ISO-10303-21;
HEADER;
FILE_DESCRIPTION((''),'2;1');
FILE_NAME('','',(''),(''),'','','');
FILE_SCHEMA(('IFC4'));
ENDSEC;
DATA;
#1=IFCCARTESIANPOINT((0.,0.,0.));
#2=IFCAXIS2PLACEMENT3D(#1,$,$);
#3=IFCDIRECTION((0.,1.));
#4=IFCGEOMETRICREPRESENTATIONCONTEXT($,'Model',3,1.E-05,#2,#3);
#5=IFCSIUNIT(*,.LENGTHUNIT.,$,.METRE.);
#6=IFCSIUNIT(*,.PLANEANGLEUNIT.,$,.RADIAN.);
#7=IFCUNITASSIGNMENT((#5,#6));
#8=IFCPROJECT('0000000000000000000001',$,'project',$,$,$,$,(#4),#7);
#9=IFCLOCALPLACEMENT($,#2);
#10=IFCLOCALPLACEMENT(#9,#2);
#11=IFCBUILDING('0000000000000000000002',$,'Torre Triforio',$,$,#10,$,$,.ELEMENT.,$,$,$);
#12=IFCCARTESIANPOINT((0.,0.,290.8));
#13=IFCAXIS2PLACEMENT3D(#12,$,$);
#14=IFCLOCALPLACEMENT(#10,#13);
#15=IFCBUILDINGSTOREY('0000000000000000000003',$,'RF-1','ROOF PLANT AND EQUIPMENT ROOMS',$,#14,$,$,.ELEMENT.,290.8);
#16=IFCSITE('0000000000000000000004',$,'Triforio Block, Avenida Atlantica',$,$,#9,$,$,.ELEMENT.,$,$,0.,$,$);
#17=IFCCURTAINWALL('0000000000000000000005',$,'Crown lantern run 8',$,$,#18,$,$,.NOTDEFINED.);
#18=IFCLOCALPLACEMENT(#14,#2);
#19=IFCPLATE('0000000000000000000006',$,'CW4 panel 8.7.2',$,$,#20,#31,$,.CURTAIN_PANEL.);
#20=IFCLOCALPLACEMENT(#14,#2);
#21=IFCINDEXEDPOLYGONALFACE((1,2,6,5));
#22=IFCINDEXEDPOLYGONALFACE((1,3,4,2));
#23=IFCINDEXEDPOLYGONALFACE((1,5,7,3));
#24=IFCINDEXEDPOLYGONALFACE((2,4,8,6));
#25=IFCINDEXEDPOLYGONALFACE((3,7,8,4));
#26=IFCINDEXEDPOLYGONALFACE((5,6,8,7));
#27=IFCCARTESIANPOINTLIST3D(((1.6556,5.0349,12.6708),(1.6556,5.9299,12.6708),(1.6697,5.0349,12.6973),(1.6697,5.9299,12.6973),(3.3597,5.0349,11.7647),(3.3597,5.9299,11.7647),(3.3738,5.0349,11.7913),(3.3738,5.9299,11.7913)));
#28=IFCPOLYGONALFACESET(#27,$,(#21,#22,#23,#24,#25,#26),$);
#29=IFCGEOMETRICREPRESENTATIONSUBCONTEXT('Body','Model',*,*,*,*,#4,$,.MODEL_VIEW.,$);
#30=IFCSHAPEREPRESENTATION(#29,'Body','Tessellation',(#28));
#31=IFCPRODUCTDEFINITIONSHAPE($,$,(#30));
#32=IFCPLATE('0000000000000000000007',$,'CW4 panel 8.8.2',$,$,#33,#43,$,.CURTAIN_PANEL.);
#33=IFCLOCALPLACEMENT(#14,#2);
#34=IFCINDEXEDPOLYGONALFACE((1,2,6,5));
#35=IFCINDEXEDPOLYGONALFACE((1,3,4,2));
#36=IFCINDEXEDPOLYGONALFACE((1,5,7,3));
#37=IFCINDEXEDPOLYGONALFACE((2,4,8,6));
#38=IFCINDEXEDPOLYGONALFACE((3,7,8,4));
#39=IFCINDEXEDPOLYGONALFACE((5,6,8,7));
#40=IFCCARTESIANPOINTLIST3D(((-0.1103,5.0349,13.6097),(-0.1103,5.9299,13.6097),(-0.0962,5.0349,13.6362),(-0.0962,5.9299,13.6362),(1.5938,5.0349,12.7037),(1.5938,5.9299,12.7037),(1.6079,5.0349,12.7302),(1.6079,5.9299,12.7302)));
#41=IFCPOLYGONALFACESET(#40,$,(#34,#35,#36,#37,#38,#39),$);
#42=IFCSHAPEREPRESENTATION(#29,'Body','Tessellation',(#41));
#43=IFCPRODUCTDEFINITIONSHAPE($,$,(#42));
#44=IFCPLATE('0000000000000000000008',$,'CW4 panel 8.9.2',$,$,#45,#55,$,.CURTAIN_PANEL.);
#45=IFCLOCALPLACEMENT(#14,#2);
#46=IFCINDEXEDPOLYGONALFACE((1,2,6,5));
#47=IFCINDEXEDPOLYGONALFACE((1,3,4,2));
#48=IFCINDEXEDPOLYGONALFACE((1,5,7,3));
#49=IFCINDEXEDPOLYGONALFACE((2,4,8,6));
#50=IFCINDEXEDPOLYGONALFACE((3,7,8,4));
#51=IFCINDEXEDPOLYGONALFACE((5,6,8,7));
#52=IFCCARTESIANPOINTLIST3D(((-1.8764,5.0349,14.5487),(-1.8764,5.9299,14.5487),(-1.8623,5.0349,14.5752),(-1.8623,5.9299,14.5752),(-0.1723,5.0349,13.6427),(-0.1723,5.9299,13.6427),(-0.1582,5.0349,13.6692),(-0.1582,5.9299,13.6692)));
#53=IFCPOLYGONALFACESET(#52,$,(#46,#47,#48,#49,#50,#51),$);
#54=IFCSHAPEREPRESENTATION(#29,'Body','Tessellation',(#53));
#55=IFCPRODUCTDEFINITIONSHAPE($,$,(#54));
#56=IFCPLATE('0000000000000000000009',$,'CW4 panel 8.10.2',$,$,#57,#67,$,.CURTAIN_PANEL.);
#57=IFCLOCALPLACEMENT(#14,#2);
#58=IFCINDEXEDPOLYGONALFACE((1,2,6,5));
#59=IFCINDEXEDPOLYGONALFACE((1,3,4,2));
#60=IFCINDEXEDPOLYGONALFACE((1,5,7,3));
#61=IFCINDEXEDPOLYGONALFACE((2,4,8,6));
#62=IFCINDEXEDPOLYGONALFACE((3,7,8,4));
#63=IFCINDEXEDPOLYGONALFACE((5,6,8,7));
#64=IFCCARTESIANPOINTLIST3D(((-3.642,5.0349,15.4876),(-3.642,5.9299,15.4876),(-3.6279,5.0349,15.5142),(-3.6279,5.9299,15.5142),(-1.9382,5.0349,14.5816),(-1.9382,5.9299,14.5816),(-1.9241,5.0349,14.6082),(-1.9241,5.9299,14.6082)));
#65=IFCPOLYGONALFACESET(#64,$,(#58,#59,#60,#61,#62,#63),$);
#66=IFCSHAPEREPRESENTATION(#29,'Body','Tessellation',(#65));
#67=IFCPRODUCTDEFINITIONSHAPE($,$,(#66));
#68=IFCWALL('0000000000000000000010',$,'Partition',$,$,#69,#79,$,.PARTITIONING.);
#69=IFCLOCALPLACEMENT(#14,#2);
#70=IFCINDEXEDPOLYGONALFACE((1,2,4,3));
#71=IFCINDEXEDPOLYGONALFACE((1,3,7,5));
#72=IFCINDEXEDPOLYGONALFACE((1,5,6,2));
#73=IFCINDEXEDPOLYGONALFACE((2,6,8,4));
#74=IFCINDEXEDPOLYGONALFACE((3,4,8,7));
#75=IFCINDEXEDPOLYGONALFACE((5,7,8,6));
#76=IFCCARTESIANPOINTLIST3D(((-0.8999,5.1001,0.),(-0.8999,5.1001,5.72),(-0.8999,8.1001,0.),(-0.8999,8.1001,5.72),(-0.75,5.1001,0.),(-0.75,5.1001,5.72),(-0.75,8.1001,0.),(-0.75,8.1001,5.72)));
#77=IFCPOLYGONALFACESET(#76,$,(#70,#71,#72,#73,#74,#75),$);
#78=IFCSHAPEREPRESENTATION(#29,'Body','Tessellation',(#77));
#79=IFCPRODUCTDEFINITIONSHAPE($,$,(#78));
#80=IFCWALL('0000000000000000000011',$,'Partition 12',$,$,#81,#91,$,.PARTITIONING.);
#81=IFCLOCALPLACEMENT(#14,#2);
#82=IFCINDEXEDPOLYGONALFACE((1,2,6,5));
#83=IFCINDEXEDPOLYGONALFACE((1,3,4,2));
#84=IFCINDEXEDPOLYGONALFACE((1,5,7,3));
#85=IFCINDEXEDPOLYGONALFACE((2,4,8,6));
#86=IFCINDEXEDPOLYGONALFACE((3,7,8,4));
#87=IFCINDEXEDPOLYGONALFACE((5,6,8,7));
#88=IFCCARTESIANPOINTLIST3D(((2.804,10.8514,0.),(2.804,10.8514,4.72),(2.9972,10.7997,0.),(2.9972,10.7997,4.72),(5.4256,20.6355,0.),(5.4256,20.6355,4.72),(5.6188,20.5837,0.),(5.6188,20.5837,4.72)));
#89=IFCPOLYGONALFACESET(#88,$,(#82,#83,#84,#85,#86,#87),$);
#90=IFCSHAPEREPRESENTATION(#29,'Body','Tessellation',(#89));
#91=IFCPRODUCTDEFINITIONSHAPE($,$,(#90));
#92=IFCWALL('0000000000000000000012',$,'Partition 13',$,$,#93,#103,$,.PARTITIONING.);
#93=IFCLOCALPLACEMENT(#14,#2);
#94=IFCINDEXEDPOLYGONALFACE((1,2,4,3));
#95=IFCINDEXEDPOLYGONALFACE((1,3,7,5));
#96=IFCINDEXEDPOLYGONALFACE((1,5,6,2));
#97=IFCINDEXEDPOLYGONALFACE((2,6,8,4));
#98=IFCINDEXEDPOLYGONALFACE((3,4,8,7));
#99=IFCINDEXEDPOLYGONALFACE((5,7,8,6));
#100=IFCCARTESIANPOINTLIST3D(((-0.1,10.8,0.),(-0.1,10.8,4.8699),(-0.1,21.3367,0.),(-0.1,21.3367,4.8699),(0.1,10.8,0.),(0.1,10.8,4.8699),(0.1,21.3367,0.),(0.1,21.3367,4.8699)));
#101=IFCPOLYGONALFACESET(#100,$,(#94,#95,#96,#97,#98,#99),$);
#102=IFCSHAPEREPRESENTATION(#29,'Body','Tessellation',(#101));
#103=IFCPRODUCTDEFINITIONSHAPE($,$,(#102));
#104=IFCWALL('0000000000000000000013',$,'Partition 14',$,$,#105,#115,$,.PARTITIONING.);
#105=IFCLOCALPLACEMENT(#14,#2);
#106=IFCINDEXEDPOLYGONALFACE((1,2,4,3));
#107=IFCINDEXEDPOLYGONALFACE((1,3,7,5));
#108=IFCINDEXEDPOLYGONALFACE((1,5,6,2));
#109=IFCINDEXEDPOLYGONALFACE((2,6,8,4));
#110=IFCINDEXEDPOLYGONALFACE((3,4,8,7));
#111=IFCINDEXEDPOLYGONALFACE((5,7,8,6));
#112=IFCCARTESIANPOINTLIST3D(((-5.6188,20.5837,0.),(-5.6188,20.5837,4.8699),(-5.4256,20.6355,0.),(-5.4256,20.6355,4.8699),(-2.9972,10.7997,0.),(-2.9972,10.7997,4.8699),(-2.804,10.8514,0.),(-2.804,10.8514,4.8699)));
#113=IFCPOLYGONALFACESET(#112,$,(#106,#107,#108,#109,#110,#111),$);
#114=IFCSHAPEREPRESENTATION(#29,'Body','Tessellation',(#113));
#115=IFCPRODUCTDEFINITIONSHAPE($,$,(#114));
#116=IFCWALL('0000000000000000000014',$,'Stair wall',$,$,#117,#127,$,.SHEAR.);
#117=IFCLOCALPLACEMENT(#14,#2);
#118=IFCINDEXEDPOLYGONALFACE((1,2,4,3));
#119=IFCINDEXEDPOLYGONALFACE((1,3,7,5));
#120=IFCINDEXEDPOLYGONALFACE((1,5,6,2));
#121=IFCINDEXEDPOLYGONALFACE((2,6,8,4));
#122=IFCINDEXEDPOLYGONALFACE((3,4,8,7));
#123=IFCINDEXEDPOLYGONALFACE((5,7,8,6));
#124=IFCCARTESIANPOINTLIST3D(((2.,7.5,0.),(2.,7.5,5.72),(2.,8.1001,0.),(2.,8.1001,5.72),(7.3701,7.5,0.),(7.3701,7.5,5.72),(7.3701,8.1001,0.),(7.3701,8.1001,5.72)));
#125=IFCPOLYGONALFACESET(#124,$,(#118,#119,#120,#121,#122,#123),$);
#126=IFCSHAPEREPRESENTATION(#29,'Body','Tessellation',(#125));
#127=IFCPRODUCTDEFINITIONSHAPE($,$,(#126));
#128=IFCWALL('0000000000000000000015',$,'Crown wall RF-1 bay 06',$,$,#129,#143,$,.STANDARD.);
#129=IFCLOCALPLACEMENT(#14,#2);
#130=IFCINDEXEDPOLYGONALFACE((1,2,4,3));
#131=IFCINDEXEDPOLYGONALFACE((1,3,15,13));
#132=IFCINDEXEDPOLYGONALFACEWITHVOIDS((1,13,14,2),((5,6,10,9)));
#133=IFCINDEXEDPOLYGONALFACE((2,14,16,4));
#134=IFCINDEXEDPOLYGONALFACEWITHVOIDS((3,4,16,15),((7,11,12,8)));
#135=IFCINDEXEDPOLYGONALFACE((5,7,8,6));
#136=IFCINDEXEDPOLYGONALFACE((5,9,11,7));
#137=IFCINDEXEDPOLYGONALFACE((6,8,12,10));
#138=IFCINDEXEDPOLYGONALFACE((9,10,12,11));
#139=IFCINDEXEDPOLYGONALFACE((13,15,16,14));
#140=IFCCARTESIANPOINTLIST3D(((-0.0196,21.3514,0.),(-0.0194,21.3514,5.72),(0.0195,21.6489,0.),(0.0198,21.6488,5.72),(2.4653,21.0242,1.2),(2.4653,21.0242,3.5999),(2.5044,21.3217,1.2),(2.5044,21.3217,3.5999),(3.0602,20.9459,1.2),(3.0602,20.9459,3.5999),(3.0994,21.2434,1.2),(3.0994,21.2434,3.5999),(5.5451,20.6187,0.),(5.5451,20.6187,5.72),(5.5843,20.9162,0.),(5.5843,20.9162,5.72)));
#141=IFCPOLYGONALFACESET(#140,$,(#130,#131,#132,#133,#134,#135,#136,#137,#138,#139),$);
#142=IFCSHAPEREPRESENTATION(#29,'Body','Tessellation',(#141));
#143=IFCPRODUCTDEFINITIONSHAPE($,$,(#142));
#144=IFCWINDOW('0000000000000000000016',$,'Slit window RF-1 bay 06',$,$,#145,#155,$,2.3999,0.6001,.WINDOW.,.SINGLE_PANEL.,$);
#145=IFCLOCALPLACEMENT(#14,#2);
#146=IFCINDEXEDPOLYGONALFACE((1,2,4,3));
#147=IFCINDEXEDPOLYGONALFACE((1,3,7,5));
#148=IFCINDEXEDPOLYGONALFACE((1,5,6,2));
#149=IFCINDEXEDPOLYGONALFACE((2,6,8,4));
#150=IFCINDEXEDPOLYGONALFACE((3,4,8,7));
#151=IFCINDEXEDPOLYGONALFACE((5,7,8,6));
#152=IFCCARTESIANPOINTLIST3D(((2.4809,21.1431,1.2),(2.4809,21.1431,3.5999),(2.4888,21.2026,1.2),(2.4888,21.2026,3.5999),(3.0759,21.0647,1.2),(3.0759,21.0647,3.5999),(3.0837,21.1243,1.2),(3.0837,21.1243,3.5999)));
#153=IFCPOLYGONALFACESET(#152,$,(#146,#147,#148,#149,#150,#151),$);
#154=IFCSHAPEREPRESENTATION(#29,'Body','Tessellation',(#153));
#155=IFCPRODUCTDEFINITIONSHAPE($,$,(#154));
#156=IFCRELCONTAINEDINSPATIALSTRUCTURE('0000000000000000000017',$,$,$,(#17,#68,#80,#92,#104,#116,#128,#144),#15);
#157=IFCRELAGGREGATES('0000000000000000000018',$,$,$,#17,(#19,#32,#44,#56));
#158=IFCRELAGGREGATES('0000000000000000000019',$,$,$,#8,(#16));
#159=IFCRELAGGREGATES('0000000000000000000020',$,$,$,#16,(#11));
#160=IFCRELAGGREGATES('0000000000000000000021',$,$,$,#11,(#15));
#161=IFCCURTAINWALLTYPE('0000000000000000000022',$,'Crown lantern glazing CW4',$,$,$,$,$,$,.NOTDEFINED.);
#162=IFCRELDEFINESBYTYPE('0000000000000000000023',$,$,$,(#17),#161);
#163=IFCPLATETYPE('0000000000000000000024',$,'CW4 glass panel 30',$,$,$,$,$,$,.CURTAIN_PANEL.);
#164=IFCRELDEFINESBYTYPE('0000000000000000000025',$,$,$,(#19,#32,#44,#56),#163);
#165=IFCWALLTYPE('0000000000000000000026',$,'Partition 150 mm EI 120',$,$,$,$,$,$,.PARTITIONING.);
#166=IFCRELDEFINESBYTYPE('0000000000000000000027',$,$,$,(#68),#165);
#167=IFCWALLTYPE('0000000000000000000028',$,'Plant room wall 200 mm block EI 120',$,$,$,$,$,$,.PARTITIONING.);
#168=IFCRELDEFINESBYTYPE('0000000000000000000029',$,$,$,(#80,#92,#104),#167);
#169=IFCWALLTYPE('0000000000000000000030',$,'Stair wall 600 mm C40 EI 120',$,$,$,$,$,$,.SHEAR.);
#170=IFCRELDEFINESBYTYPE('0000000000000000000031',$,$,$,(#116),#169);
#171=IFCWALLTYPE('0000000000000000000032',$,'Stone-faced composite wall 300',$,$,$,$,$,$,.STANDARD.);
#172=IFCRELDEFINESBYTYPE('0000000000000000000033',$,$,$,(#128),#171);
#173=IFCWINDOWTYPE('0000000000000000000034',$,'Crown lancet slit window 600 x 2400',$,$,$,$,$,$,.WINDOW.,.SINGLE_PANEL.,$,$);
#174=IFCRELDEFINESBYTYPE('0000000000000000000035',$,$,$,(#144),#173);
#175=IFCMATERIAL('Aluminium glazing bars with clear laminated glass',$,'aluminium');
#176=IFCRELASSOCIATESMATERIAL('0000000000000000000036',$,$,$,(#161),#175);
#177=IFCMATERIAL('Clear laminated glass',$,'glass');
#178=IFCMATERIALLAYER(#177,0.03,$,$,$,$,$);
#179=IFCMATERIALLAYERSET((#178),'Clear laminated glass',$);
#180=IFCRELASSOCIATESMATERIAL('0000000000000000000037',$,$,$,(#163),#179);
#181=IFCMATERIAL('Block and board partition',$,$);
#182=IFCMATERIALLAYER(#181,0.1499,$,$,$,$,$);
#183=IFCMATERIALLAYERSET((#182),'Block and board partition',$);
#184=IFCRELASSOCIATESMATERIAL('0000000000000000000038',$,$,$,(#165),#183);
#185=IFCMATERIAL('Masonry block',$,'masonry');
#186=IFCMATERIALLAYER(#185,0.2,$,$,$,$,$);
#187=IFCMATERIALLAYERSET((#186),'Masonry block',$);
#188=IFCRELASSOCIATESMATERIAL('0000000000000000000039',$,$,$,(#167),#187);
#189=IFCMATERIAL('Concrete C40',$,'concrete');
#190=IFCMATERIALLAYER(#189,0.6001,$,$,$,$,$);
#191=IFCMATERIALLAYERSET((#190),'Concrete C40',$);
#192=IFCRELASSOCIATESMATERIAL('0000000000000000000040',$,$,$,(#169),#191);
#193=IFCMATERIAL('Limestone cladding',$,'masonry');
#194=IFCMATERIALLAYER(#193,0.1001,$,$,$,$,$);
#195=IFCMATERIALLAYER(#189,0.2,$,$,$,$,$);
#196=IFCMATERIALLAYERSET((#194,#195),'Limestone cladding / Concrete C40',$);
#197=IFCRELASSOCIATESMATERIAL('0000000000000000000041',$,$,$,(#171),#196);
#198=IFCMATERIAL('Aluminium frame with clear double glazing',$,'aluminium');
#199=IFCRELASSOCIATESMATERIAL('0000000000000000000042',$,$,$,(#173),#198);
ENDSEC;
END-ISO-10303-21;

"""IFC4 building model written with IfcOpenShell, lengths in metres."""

from ifc_helpers import new_model, si_unit, direction, frame, frame_2d, origin, place, context, subcontext, project, spatial, polyline, rectangle, outline, extrude, material, layer, layer_set, type_object, element, fill, aggregate, save


model = new_model("IFC4")

# Units and contexts
model_context = context("Model", 3, precision=1e-05, world=origin(), true_north=direction((0.0, 1.0)))
body_context = subcontext(model_context, "Body", "Model", "MODEL_VIEW")
ifc_project = project(units=[si_unit("LENGTHUNIT", "METRE"), si_unit("PLANEANGLEUNIT", "RADIAN")], contexts=[model_context])

# Site, building, storey
site_placement = place(None, origin())
site = spatial("IfcSite", under=ifc_project, at=site_placement, Name="Triforio Block, Avenida Atlantica", CompositionType="ELEMENT", RefElevation=0.0)
building_placement = place(site_placement, origin())
building = spatial("IfcBuilding", under=site, at=building_placement, Name="Torre Triforio", CompositionType="ELEMENT")
storey_placement = place(building_placement, frame((0.0, 0.0, 290.8)))
storey = spatial("IfcBuildingStorey", under=building, at=storey_placement, Name="RF-1", Description="ROOF PLANT AND EQUIPMENT ROOMS", CompositionType="ELEMENT", Elevation=290.8)

# Shared definitions
ifc_material_1 = material(Name="Concrete C40", Category="concrete")

# Curtain wall
ifc_material_2 = material(Name="Aluminium glazing bars with clear laminated glass", Category="aluminium")
curtain_wall_type = type_object("IfcCurtainWallType", Name="Crown lantern glazing CW4", PredefinedType="NOTDEFINED", material=ifc_material_2)
curtain_wall_placement = place(storey_placement, origin())
curtain_wall = element("IfcCurtainWall", 1, at=curtain_wall_placement, inside=storey, type_object=curtain_wall_type, Name="Crown lantern run 8", PredefinedType="NOTDEFINED")

# Plates
ifc_material_3 = material(Name="Clear laminated glass", Category="glass")
ifc_layer_1 = layer(ifc_material_3, 0.03)
ifc_layer_set_1 = layer_set([ifc_layer_1], Name="Clear laminated glass")
plate_type = type_object("IfcPlateType", Name="CW4 glass panel 30", PredefinedType="CURTAIN_PANEL", material=ifc_layer_set_1)
plate_1_placement = place(storey_placement, frame((3.3738, 5.0349, 11.7913), z_axis=(0.469439, 0.0, 0.882965), x_axis=(0.0, 1.0, 0.0)))
plate_1 = element("IfcPlate", 2, at=plate_1_placement, type_object=plate_type, Name="CW4 panel 8.7.2", PredefinedType="CURTAIN_PANEL", context=body_context, shape_type="SweptSolid", body=[
    extrude(outline(polyline([(0.0, 0.0), (0.895, 0.0), (0.895, 1.93), (0.0, 1.93), (0.0, 0.0)])), origin(), (0.0, 0.0, -1.0), 0.03),
])
plate_2_placement = place(storey_placement, frame((1.6079, 5.0349, 12.7302), z_axis=(0.469439, 0.0, 0.882965), x_axis=(0.0, 1.0, 0.0)))
plate_2 = element("IfcPlate", 3, at=plate_2_placement, type_object=plate_type, Name="CW4 panel 8.8.2", PredefinedType="CURTAIN_PANEL", context=body_context, shape_type="SweptSolid", body=[
    extrude(outline(polyline([(0.0, 0.0), (0.895, 0.0), (0.895, 1.93), (0.0, 1.93), (0.0, 0.0)])), origin(), (0.0, 0.0, -1.0), 0.03),
])
plate_3_placement = place(storey_placement, frame((-0.1582, 5.0349, 13.6692), z_axis=(0.469439, 0.0, 0.882965), x_axis=(0.0, 1.0, 0.0)))
plate_3 = element("IfcPlate", 4, at=plate_3_placement, type_object=plate_type, Name="CW4 panel 8.9.2", PredefinedType="CURTAIN_PANEL", context=body_context, shape_type="SweptSolid", body=[
    extrude(outline(polyline([(0.0, 0.0), (0.895, 0.0), (0.895, 1.93), (0.0, 1.93), (0.0, 0.0)])), origin(), (0.0, 0.0, -1.0), 0.03),
])
plate_4_placement = place(storey_placement, frame((-1.9241, 5.0349, 14.6082), z_axis=(0.469491, 0.0, 0.882937), x_axis=(0.0, 1.0, 0.0)))
plate_4 = element("IfcPlate", 5, at=plate_4_placement, type_object=plate_type, Name="CW4 panel 8.10.2", PredefinedType="CURTAIN_PANEL", context=body_context, shape_type="SweptSolid", body=[
    extrude(outline(polyline([(0.0, 0.0), (0.895, 0.0), (0.895, 1.9298), (0.0, 1.9298), (0.0, 0.0)])), origin(), (0.0, 0.0, -1.0), 0.03),
])
aggregate(curtain_wall, [plate_1, plate_2, plate_3, plate_4])

# Walls
ifc_material_4 = material(Name="Block and board partition")
ifc_layer_2 = layer(ifc_material_4, 0.1499)
ifc_layer_set_2 = layer_set([ifc_layer_2], Name="Block and board partition")
wall_type_1 = type_object("IfcWallType", Name="Partition 150 mm EI 120", PredefinedType="PARTITIONING", material=ifc_layer_set_2)
wall_1_placement = place(storey_placement, frame((-0.825, 5.1001, 0.0), z_axis=(0.0, 0.0, 1.0), x_axis=(0.0, 1.0, 0.0)))
element("IfcWall", 6, at=wall_1_placement, inside=storey, type_object=wall_type_1, Name="Partition", PredefinedType="PARTITIONING", context=body_context, shape_type="SweptSolid", body=[
    extrude(rectangle(XDim=3.0, YDim=0.1499, at=frame_2d((1.5, 0.0))), origin(), (0.0, 0.0, 1.0), 5.72),
])
ifc_material_5 = material(Name="Masonry block", Category="masonry")
ifc_layer_3 = layer(ifc_material_5, 0.2)
ifc_layer_set_3 = layer_set([ifc_layer_3], Name="Masonry block")
wall_type_2 = type_object("IfcWallType", Name="Plant room wall 200 mm block EI 120", PredefinedType="PARTITIONING", material=ifc_layer_set_3)
wall_2_placement = place(storey_placement, frame((2.9006, 10.8257, 0.0), z_axis=(0.0, 0.0, 1.0), x_axis=(0.258818, 0.965926, 0.0)))
element("IfcWall", 7, at=wall_2_placement, inside=storey, type_object=wall_type_2, Name="Partition 12", PredefinedType="PARTITIONING", context=body_context, shape_type="SweptSolid", body=[
    extrude(rectangle(XDim=10.1292, YDim=0.2, at=frame_2d((5.0645, 0.0))), origin(), (0.0, 0.0, 1.0), 4.72),
])
wall_3_placement = place(storey_placement, frame((0.0, 10.8, 0.0), z_axis=(0.0, 0.0, 1.0), x_axis=(0.0, 1.0, 0.0)))
element("IfcWall", 8, at=wall_3_placement, inside=storey, type_object=wall_type_2, Name="Partition 13", PredefinedType="PARTITIONING", context=body_context, shape_type="SweptSolid", body=[
    extrude(rectangle(XDim=10.5366, YDim=0.2, at=frame_2d((5.2683, 0.0))), origin(), (0.0, 0.0, 1.0), 4.8699),
])
wall_4_placement = place(storey_placement, frame((-2.9006, 10.8257, 0.0), z_axis=(0.0, 0.0, 1.0), x_axis=(-0.258818, 0.965926, 0.0)))
element("IfcWall", 9, at=wall_4_placement, inside=storey, type_object=wall_type_2, Name="Partition 14", PredefinedType="PARTITIONING", context=body_context, shape_type="SweptSolid", body=[
    extrude(rectangle(XDim=10.1292, YDim=0.2, at=frame_2d((5.0645, 0.0))), origin(), (0.0, 0.0, 1.0), 4.8699),
])
ifc_layer_4 = layer(ifc_material_1, 0.6001)
ifc_layer_set_4 = layer_set([ifc_layer_4], Name="Concrete C40")
wall_type_3 = type_object("IfcWallType", Name="Stair wall 600 mm C40 EI 120", PredefinedType="SHEAR", material=ifc_layer_set_4)
wall_5_placement = place(storey_placement, frame((2.0, 7.8, 0.0), z_axis=(0.0, 0.0, 1.0), x_axis=(1.0, 0.0, 0.0)))
element("IfcWall", 10, at=wall_5_placement, inside=storey, type_object=wall_type_3, Name="Stair wall", PredefinedType="SHEAR", context=body_context, shape_type="SweptSolid", body=[
    extrude(rectangle(XDim=5.3701, YDim=0.6001, at=frame_2d((2.6851, 0.0))), origin(), (0.0, 0.0, 1.0), 5.72),
])

# Wall, opening, window
ifc_material_6 = material(Name="Limestone cladding", Category="masonry")
ifc_layer_5 = layer(ifc_material_6, 0.1001)
ifc_layer_6 = layer(ifc_material_1, 0.2)
ifc_layer_set_5 = layer_set([ifc_layer_5, ifc_layer_6], Name="Limestone cladding / Concrete C40")
wall_type_4 = type_object("IfcWallType", Name="Stone-faced composite wall 300", PredefinedType="STANDARD", material=ifc_layer_set_5)
wall_6_placement = place(storey_placement, frame((5.5647, 20.7673, 0.0), z_axis=(0.0, 0.0, 1.0), x_axis=(-0.991443, 0.130537, 0.0)))
wall_6 = element("IfcWall", 11, at=wall_6_placement, inside=storey, type_object=wall_type_4, Name="Crown wall RF-1 bay 06", PredefinedType="STANDARD", context=body_context, shape_type="SweptSolid", body=[
    extrude(outline(polyline([(0.0, 0.0), (5.6128, 0.0), (5.6125, 5.72), (0.0, 5.72), (0.0, 0.0)])), frame((0.0, 0.1499, 0.0), z_axis=(0.0, -1.0, 0.0), x_axis=(1.0, 0.0, 0.0)), (0.0, 0.0, 1.0), 0.3),
])
opening_1_placement = place(wall_6_placement, frame((2.5063, 0.0, 1.2)))
opening_1 = element("IfcOpeningElement", 12, at=opening_1_placement, cuts=wall_6, PredefinedType="OPENING", context=body_context, shape_type="SweptSolid", body=[
    extrude(rectangle(XDim=0.6001, YDim=2.3999, at=frame_2d((0.3, 1.2))), frame((0.0, 0.1599, 0.0), z_axis=(0.0, -1.0, 0.0), x_axis=(1.0, 0.0, 0.0)), (0.0, 0.0, 1.0), 0.3201),
])
ifc_material_7 = material(Name="Aluminium frame with clear double glazing", Category="aluminium")
window_type = type_object("IfcWindowType", Name="Crown lancet slit window 600 x 2400", PartitioningType="SINGLE_PANEL", PredefinedType="WINDOW", material=ifc_material_7)
window_1_placement = place(opening_1_placement, origin())
window_1 = element("IfcWindow", 13, at=window_1_placement, inside=storey, type_object=window_type, Name="Slit window RF-1 bay 06", OverallHeight=2.3999, OverallWidth=0.6001, PartitioningType="SINGLE_PANEL", PredefinedType="WINDOW", context=body_context, shape_type="SweptSolid", body=[
    extrude(rectangle(XDim=0.6001, YDim=2.3999, at=frame_2d((0.3, 1.2))), frame((0.0, 0.03, 0.0), z_axis=(0.0, -1.0, 0.0), x_axis=(1.0, 0.0, 0.0)), (0.0, 0.0, 1.0), 0.0601),
])
fill(opening_1, window_1)

save(model, "model.ifc")
